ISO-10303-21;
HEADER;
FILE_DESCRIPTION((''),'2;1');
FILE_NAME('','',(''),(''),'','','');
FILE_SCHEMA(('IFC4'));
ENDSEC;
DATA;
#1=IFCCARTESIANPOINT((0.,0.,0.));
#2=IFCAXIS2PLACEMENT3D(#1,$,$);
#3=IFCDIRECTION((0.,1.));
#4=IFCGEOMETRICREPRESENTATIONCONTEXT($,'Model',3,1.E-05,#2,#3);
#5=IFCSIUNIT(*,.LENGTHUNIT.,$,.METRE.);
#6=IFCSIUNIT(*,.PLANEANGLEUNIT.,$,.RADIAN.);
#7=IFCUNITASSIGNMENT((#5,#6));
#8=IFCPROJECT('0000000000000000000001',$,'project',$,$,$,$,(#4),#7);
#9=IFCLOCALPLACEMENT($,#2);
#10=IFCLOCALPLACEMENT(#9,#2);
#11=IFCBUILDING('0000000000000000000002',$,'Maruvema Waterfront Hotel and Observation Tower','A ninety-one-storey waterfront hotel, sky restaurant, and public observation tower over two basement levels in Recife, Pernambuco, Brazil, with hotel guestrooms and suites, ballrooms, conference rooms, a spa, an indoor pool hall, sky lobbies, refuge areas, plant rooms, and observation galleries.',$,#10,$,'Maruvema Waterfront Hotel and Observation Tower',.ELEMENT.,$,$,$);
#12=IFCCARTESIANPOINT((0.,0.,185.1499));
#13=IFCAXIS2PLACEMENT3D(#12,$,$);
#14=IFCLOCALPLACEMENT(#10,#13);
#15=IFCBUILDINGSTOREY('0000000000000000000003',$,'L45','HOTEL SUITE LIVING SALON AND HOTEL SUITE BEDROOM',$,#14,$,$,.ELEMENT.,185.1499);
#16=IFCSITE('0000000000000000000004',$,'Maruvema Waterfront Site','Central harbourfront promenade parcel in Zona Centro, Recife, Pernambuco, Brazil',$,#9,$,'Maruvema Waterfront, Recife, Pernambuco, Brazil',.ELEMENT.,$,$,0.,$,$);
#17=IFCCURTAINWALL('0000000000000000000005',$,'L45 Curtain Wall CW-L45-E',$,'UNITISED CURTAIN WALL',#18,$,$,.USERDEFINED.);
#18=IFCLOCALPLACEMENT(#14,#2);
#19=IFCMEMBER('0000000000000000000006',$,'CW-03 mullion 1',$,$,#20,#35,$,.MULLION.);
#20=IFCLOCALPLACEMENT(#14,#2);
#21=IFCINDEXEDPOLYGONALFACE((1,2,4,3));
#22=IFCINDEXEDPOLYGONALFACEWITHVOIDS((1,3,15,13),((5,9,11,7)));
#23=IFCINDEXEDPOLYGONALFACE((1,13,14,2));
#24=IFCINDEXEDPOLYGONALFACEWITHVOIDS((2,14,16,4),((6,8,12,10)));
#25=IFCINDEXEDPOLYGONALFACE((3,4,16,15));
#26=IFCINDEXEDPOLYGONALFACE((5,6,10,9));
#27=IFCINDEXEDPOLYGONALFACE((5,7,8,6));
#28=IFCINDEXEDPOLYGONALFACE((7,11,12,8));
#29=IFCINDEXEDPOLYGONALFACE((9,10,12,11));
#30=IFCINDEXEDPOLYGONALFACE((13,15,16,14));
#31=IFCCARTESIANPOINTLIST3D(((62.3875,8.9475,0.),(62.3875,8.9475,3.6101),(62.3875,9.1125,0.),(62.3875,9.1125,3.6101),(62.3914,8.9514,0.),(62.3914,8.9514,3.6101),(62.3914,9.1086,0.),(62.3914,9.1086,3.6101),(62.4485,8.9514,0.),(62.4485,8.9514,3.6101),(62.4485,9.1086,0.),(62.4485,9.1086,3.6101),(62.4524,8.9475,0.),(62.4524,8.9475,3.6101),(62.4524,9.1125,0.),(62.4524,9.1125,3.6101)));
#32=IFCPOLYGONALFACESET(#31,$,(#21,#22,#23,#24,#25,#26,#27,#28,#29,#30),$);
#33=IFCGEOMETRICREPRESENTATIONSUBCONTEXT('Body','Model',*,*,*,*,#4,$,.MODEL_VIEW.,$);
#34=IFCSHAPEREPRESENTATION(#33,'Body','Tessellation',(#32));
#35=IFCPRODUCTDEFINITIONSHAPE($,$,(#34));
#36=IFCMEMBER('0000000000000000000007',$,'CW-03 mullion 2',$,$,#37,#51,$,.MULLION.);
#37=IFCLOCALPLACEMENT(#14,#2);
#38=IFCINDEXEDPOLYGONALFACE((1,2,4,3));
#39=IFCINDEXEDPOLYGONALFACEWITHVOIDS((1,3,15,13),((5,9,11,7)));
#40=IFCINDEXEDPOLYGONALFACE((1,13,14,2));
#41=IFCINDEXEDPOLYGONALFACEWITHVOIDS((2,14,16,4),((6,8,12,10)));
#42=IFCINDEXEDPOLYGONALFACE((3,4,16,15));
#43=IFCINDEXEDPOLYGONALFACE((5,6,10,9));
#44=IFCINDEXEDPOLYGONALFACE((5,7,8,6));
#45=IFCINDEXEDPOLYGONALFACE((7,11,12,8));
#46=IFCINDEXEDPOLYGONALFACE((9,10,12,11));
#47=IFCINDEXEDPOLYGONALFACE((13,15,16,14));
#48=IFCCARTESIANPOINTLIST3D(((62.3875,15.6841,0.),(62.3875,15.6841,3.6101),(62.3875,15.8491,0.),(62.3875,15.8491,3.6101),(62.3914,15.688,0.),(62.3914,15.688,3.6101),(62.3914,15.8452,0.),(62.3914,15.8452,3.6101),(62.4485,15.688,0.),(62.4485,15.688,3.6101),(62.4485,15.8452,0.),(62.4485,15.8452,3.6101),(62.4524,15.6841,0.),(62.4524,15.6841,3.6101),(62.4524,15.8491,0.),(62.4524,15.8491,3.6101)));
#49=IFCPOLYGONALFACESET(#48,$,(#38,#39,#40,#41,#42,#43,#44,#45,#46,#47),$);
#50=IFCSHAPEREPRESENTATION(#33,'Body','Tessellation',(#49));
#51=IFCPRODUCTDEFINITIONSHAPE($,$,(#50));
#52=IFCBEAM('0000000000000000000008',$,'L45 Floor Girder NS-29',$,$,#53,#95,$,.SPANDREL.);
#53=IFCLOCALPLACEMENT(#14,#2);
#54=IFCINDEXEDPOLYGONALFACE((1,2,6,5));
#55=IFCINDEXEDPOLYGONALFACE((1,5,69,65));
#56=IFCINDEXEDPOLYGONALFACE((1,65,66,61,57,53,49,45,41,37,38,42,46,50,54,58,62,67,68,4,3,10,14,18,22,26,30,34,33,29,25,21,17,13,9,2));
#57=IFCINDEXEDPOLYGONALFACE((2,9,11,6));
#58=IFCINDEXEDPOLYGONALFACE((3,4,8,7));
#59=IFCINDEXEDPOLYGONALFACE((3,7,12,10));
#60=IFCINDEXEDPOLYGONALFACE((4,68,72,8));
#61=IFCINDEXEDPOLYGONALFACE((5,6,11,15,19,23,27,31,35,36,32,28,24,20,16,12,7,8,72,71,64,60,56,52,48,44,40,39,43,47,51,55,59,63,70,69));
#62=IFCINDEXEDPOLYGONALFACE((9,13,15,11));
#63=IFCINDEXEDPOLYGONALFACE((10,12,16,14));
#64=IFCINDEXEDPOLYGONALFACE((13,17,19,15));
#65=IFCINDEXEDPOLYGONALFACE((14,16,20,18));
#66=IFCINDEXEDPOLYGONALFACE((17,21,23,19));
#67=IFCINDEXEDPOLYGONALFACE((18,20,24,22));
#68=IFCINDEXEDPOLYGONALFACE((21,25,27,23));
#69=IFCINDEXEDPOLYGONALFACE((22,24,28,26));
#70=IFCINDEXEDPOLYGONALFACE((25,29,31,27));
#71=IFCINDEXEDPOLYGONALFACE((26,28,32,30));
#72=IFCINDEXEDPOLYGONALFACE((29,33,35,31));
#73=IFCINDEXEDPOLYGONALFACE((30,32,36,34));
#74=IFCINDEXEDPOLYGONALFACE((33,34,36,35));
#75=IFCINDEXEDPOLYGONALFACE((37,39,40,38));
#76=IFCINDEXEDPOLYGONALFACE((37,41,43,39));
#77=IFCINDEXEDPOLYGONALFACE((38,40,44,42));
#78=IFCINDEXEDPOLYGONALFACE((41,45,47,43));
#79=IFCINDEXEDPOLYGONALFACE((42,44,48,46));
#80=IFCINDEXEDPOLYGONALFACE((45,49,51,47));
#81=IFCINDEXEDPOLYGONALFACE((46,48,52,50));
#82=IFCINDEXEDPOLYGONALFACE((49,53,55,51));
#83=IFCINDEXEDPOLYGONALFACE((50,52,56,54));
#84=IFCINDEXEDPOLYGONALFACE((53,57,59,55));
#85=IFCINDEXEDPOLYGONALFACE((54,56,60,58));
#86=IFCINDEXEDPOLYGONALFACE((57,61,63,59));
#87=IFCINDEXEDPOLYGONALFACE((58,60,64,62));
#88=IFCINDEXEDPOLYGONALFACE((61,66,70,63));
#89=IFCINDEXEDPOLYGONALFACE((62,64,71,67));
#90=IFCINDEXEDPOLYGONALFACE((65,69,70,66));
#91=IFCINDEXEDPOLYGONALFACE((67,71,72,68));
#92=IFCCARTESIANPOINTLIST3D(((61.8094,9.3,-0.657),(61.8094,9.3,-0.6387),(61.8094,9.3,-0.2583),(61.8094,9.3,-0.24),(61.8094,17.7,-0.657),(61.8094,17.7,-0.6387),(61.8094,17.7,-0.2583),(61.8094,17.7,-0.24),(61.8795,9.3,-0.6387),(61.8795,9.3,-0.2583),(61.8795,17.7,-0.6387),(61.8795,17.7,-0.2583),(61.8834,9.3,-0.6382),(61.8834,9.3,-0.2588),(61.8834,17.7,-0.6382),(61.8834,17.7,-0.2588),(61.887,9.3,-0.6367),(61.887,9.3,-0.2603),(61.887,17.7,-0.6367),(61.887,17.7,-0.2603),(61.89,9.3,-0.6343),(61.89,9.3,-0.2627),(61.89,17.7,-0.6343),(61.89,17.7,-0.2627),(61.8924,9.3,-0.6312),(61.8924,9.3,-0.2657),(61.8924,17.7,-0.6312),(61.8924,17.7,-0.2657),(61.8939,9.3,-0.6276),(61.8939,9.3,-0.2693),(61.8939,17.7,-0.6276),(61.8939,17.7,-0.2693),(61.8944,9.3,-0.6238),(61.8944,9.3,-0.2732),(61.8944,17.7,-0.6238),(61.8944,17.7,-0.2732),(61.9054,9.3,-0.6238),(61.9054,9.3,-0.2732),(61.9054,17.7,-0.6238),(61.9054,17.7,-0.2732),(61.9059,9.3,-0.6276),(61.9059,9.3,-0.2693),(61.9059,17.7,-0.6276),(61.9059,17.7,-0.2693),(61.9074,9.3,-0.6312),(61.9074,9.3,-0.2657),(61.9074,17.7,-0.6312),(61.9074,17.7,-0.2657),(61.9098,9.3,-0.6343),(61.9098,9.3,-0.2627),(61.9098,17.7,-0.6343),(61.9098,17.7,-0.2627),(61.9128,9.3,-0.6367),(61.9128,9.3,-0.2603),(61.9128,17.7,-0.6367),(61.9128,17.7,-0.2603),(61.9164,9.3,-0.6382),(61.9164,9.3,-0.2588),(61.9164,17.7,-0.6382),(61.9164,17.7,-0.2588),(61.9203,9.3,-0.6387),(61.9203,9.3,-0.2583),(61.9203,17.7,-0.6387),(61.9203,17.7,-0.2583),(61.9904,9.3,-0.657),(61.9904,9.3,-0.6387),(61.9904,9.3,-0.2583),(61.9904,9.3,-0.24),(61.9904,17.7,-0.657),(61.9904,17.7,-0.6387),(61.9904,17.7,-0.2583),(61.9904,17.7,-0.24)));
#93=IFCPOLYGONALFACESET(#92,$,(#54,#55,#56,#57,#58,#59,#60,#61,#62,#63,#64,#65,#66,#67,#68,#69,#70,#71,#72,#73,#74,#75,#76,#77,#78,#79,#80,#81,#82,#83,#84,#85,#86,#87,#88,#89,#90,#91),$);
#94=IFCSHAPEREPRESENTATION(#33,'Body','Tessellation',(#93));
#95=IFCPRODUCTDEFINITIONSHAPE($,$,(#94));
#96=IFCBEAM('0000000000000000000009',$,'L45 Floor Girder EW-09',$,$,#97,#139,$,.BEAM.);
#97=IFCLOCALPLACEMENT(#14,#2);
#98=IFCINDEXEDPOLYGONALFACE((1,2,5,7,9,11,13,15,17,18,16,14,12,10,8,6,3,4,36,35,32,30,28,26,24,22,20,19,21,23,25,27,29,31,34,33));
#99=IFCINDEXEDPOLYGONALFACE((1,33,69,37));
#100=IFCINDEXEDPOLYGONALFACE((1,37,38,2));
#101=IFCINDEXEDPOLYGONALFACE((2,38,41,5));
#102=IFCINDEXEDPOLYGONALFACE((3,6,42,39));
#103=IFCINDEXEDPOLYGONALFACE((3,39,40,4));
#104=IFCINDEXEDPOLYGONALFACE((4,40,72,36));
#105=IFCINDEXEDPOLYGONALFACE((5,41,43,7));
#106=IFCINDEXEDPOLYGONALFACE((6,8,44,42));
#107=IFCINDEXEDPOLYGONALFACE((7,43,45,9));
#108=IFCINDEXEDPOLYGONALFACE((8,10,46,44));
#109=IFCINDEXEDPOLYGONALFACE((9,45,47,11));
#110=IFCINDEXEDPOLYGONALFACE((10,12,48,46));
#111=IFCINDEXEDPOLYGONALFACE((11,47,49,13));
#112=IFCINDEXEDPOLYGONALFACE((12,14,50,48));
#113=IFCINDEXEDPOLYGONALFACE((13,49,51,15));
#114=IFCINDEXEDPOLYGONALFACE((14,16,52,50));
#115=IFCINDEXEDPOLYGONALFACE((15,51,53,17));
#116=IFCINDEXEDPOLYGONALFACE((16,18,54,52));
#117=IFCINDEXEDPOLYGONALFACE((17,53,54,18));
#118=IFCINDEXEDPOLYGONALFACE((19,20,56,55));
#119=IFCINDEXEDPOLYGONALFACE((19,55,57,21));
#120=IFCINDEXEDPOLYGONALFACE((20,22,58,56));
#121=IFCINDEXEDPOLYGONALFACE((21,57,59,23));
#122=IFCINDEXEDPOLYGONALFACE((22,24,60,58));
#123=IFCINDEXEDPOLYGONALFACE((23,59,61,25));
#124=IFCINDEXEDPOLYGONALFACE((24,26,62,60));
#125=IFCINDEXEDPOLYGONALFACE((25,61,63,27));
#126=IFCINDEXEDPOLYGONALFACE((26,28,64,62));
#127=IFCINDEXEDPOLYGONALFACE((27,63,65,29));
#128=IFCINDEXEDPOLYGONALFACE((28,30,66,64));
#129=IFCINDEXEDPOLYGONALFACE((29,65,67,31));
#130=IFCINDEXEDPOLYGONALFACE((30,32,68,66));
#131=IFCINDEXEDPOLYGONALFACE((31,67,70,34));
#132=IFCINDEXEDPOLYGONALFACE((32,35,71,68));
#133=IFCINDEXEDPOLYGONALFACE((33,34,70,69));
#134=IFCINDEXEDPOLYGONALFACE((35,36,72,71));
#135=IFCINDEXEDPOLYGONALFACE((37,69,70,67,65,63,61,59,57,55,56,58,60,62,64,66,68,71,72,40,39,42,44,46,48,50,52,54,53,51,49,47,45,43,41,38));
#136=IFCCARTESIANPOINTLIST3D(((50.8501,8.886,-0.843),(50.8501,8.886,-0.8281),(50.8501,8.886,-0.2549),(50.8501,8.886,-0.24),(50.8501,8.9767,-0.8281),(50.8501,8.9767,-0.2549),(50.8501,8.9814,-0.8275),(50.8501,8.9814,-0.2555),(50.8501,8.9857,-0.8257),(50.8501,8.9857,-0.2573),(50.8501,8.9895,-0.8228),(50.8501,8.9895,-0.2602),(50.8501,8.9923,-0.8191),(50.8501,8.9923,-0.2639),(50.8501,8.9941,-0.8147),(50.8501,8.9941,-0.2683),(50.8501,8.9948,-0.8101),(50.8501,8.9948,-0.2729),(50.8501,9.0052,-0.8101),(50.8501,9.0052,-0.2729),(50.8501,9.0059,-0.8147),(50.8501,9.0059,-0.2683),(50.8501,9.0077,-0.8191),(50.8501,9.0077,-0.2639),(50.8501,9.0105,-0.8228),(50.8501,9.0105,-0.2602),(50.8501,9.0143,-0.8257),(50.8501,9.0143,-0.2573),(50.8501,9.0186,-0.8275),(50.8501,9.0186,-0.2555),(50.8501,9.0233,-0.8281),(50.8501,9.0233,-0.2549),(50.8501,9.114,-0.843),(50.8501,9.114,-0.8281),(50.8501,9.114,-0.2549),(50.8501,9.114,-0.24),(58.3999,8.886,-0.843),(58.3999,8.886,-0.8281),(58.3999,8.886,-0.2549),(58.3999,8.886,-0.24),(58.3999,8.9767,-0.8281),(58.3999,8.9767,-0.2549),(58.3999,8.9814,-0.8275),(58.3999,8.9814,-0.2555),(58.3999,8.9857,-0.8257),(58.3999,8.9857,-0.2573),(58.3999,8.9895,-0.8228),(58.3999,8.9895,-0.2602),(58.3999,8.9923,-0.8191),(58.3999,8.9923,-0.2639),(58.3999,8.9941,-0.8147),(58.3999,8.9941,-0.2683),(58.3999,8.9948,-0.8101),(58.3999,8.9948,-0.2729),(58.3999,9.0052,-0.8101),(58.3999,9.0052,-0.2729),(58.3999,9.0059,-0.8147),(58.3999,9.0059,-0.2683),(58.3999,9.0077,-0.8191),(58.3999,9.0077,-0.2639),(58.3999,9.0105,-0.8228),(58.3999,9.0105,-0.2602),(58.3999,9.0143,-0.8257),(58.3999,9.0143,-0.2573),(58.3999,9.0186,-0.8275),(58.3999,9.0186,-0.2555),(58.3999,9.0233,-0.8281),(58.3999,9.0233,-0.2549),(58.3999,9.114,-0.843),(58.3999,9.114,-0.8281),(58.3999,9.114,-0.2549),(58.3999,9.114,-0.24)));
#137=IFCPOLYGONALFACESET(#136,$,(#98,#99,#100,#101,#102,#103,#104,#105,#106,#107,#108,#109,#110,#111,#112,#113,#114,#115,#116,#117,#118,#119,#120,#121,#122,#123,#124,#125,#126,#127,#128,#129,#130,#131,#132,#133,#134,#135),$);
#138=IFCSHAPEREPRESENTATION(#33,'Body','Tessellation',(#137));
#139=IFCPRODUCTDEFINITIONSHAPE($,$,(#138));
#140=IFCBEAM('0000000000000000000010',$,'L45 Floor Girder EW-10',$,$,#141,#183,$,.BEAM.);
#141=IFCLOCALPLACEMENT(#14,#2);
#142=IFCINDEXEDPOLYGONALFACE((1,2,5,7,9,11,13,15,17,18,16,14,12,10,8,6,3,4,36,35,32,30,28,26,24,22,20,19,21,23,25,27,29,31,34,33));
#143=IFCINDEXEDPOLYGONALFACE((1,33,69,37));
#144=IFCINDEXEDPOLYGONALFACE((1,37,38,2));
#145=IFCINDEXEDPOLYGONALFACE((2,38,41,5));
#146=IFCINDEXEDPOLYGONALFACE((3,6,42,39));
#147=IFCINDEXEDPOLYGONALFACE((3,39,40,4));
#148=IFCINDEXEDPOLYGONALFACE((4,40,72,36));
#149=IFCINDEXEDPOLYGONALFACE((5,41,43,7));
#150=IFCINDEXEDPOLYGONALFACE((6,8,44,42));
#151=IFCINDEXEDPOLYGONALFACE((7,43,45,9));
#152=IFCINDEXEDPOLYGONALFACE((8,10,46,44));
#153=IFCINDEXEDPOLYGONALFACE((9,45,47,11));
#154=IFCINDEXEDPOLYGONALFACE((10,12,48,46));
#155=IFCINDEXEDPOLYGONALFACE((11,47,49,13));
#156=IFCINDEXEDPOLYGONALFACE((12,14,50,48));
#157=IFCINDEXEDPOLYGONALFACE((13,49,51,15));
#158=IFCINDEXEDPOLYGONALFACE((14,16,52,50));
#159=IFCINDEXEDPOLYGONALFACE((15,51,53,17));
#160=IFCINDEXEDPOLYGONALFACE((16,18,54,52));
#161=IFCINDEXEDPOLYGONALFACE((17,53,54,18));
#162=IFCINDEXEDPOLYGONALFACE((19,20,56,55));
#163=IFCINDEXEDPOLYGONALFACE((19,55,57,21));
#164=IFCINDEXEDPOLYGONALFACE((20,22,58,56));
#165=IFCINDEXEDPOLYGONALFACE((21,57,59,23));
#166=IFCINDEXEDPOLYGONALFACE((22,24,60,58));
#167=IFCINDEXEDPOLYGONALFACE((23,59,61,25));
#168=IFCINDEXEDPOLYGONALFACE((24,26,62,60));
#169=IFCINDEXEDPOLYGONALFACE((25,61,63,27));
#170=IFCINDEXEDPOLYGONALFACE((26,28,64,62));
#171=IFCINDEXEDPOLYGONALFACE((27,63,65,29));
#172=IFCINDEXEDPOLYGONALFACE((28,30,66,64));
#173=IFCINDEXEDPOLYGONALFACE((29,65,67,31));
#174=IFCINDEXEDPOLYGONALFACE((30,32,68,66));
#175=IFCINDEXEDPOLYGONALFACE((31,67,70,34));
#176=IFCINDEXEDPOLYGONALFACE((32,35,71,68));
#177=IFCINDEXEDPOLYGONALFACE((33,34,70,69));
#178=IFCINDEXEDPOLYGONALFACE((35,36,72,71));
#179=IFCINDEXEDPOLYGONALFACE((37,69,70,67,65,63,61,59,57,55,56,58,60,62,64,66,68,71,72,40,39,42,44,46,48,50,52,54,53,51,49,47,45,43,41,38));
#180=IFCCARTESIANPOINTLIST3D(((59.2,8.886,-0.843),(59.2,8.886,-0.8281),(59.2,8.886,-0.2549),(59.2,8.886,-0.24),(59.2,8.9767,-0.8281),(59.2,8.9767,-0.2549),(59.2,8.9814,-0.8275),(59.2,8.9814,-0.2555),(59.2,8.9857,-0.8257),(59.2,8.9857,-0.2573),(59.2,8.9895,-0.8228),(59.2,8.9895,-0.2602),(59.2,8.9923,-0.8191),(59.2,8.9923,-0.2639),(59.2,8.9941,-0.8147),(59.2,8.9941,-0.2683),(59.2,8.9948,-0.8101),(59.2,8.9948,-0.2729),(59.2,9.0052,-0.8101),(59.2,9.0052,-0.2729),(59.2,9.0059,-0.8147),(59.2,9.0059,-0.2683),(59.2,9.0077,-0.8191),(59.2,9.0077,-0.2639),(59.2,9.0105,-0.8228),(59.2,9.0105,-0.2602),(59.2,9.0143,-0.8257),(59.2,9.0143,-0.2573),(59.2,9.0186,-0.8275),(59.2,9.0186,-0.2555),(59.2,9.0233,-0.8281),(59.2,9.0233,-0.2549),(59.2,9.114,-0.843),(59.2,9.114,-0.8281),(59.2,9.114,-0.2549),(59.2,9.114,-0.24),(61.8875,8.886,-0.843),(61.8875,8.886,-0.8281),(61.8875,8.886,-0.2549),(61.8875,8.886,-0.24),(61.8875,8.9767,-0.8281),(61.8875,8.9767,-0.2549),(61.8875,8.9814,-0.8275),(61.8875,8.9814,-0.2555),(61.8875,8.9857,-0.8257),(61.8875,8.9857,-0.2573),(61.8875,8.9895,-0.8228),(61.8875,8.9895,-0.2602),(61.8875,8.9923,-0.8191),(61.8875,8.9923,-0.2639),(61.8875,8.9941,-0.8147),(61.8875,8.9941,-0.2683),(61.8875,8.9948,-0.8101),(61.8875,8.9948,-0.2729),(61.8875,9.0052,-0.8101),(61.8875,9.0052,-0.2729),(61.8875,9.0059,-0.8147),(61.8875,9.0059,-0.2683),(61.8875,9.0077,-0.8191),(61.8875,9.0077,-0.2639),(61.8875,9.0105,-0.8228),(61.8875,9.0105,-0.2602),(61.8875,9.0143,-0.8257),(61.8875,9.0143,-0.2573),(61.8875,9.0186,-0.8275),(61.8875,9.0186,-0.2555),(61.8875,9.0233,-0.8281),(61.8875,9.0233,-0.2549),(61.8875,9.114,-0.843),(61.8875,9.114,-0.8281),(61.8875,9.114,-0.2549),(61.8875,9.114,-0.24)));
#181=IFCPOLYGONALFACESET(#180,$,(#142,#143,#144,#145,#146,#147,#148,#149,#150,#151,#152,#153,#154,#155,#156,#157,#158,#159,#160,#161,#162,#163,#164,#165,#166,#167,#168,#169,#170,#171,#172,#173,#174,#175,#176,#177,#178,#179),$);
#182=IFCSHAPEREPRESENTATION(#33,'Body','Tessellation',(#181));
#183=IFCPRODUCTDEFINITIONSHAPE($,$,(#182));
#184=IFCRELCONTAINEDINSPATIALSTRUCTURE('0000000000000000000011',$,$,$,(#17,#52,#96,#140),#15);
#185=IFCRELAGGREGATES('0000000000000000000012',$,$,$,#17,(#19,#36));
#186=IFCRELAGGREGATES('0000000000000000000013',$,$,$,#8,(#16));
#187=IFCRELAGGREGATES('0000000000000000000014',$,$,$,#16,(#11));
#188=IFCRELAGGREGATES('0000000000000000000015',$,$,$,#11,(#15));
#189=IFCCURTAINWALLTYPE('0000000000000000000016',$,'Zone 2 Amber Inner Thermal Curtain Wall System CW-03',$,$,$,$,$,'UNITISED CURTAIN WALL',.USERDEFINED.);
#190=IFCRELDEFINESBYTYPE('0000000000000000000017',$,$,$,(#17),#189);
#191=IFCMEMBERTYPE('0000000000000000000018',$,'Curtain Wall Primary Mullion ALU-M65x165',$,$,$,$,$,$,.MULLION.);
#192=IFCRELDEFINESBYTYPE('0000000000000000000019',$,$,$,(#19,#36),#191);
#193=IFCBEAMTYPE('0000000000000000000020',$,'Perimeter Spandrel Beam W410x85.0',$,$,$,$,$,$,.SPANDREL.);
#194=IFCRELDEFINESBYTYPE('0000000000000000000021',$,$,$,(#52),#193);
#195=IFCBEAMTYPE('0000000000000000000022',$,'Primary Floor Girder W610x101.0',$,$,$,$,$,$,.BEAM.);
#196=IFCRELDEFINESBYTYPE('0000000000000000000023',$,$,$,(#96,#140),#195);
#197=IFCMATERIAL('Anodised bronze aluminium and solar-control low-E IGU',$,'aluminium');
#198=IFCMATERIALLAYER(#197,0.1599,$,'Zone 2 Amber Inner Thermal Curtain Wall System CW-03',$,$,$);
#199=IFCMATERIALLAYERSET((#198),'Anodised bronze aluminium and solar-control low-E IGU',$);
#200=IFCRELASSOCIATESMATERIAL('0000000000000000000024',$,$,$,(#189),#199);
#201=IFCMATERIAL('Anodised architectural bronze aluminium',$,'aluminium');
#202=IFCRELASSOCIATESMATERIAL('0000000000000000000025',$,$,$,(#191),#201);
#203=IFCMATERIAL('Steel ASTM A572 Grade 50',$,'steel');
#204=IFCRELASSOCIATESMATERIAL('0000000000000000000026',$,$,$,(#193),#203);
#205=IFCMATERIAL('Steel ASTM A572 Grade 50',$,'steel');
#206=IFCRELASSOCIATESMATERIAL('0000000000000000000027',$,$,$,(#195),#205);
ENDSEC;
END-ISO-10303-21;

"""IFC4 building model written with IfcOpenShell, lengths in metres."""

from ifc_helpers import new_model, si_unit, direction, frame, origin, origin_2d, place, context, subcontext, project, spatial, hollow_rectangle, i_section, extrude, material, layer, layer_set, material_profile, profile_set, type_object, element, aggregate, save


model = new_model("IFC4")

# Units and contexts
model_context = context("Model", 3, precision=1e-05, world=origin(), true_north=direction((0.0, 1.0)))
body_context = subcontext(model_context, "Body", "Model", "MODEL_VIEW")
ifc_project = project(units=[si_unit("LENGTHUNIT", "METRE"), si_unit("PLANEANGLEUNIT", "RADIAN")], contexts=[model_context])

# Site, building, storey
site_placement = place(None, origin())
site = spatial("IfcSite", under=ifc_project, at=site_placement, Name="Maruvema Waterfront Site", Description="Central harbourfront promenade parcel in Zona Centro, Recife, Pernambuco, Brazil", LongName="Maruvema Waterfront, Recife, Pernambuco, Brazil", CompositionType="ELEMENT", RefElevation=0.0)
building_placement = place(site_placement, origin())
building = spatial("IfcBuilding", under=site, at=building_placement, Name="Maruvema Waterfront Hotel and Observation Tower", Description="A ninety-one-storey waterfront hotel, sky restaurant, and public observation tower over two basement levels in Recife, Pernambuco, Brazil, with hotel guestrooms and suites, ballrooms, conference rooms, a spa, an indoor pool hall, sky lobbies, refuge areas, plant rooms, and observation galleries.", LongName="Maruvema Waterfront Hotel and Observation Tower", CompositionType="ELEMENT")
storey_placement = place(building_placement, frame((0.0, 0.0, 185.1499)))
storey = spatial("IfcBuildingStorey", under=building, at=storey_placement, Name="L45", Description="HOTEL SUITE LIVING SALON AND HOTEL SUITE BEDROOM", CompositionType="ELEMENT", Elevation=185.1499)

# Curtain wall
ifc_material_1 = material(Name="Anodised bronze aluminium and solar-control low-E IGU", Category="aluminium")
ifc_layer_1 = layer(ifc_material_1, 0.1599, Name="Zone 2 Amber Inner Thermal Curtain Wall System CW-03")
ifc_layer_set_1 = layer_set([ifc_layer_1], Name="Anodised bronze aluminium and solar-control low-E IGU")
curtain_wall_type = type_object("IfcCurtainWallType", Name="Zone 2 Amber Inner Thermal Curtain Wall System CW-03", ElementType="UNITISED CURTAIN WALL", PredefinedType="USERDEFINED", material=ifc_layer_set_1)
curtain_wall_1_placement = place(storey_placement, origin())
curtain_wall_1 = element("IfcCurtainWall", 1, at=curtain_wall_1_placement, inside=storey, type_object=curtain_wall_type, Name="L45 Curtain Wall CW-L45-E", ObjectType="UNITISED CURTAIN WALL", PredefinedType="USERDEFINED")

# Members
ifc_material_2 = material(Name="Anodised architectural bronze aluminium", Category="aluminium")
ifc_material_profile_1 = material_profile(ifc_material_2, hollow_rectangle(XDim=0.0649, YDim=0.165, WallThickness=0.0039, at=origin_2d()), Name="ALU-M65x165")
ifc_profile_set_1 = profile_set([ifc_material_profile_1], Name="Anodised architectural bronze aluminium")
member_type_1 = type_object("IfcMemberType", Name="Curtain Wall Primary Mullion ALU-M65x165", PredefinedType="MULLION", material=ifc_profile_set_1)
member_1_placement = place(storey_placement, frame((62.4199, 9.03, 0.0), z_axis=(0.0, 0.0, 1.0), x_axis=(-1.0, 0.0, 0.0)))
member_1 = element("IfcMember", 2, at=member_1_placement, type_object=member_type_1, Name="CW-03 mullion 1", PredefinedType="MULLION", context=body_context, shape_type="SweptSolid", body=[
    extrude(hollow_rectangle(XDim=0.0649, YDim=0.165, WallThickness=0.0039, at=origin_2d()), origin(), (0.0, 0.0, 1.0), 3.6101),
])
member_2_placement = place(storey_placement, frame((62.4199, 15.7666, 0.0), z_axis=(0.0, 0.0, 1.0), x_axis=(-1.0, 0.0, 0.0)))
member_2 = element("IfcMember", 3, at=member_2_placement, type_object=member_type_1, Name="CW-03 mullion 2", PredefinedType="MULLION", context=body_context, shape_type="SweptSolid", body=[
    extrude(hollow_rectangle(XDim=0.0649, YDim=0.165, WallThickness=0.0039, at=origin_2d()), origin(), (0.0, 0.0, 1.0), 3.6101),
])

# Beams
ifc_material_3 = material(Name="Steel ASTM A572 Grade 50", Category="steel")
ifc_material_profile_2 = material_profile(ifc_material_3, i_section(OverallWidth=0.1809, OverallDepth=0.417, WebThickness=0.011, FlangeThickness=0.0183, FilletRadius=0.0149, at=origin_2d()), Name="W410x85.0")
ifc_profile_set_2 = profile_set([ifc_material_profile_2], Name="Steel ASTM A572 Grade 50")
beam_type_1 = type_object("IfcBeamType", Name="Perimeter Spandrel Beam W410x85.0", PredefinedType="SPANDREL", material=ifc_profile_set_2)
beam_1_placement = place(storey_placement, frame((61.8999, 9.3, -0.4485), z_axis=(0.0, 1.0, 0.0), x_axis=(-1.0, 0.0, 0.0)))
element("IfcBeam", 4, at=beam_1_placement, inside=storey, type_object=beam_type_1, Name="L45 Floor Girder NS-29", PredefinedType="SPANDREL", context=body_context, shape_type="SweptSolid", body=[
    extrude(i_section(OverallWidth=0.1809, OverallDepth=0.417, WebThickness=0.011, FlangeThickness=0.0183, FilletRadius=0.0149, at=origin_2d()), origin(), (0.0, 0.0, 1.0), 8.3999),
])
ifc_material_4 = material(Name="Steel ASTM A572 Grade 50", Category="steel")
ifc_material_profile_3 = material_profile(ifc_material_4, i_section(OverallWidth=0.228, OverallDepth=0.603, WebThickness=0.0105, FlangeThickness=0.0149, FilletRadius=0.0181, at=origin_2d()), Name="W610x101.0")
ifc_profile_set_3 = profile_set([ifc_material_profile_3], Name="Steel ASTM A572 Grade 50")
beam_type_2 = type_object("IfcBeamType", Name="Primary Floor Girder W610x101.0", PredefinedType="BEAM", material=ifc_profile_set_3)
beam_2_placement = place(storey_placement, frame((50.8501, 9.0, -0.5415), z_axis=(1.0, 0.0, 0.0), x_axis=(0.0, 1.0, 0.0)))
element("IfcBeam", 5, at=beam_2_placement, inside=storey, type_object=beam_type_2, Name="L45 Floor Girder EW-09", PredefinedType="BEAM", context=body_context, shape_type="SweptSolid", body=[
    extrude(i_section(OverallWidth=0.228, OverallDepth=0.603, WebThickness=0.0105, FlangeThickness=0.0149, FilletRadius=0.0181, at=origin_2d()), origin(), (0.0, 0.0, 1.0), 7.5498),
])
beam_3_placement = place(storey_placement, frame((59.2, 9.0, -0.5415), z_axis=(1.0, 0.0, 0.0), x_axis=(0.0, 1.0, 0.0)))
element("IfcBeam", 6, at=beam_3_placement, inside=storey, type_object=beam_type_2, Name="L45 Floor Girder EW-10", PredefinedType="BEAM", context=body_context, shape_type="SweptSolid", body=[
    extrude(i_section(OverallWidth=0.228, OverallDepth=0.603, WebThickness=0.0105, FlangeThickness=0.0149, FilletRadius=0.0181, at=origin_2d()), origin(), (0.0, 0.0, 1.0), 2.6875),
])

aggregate(curtain_wall_1, [member_1, member_2])

save(model, "model.ifc")
